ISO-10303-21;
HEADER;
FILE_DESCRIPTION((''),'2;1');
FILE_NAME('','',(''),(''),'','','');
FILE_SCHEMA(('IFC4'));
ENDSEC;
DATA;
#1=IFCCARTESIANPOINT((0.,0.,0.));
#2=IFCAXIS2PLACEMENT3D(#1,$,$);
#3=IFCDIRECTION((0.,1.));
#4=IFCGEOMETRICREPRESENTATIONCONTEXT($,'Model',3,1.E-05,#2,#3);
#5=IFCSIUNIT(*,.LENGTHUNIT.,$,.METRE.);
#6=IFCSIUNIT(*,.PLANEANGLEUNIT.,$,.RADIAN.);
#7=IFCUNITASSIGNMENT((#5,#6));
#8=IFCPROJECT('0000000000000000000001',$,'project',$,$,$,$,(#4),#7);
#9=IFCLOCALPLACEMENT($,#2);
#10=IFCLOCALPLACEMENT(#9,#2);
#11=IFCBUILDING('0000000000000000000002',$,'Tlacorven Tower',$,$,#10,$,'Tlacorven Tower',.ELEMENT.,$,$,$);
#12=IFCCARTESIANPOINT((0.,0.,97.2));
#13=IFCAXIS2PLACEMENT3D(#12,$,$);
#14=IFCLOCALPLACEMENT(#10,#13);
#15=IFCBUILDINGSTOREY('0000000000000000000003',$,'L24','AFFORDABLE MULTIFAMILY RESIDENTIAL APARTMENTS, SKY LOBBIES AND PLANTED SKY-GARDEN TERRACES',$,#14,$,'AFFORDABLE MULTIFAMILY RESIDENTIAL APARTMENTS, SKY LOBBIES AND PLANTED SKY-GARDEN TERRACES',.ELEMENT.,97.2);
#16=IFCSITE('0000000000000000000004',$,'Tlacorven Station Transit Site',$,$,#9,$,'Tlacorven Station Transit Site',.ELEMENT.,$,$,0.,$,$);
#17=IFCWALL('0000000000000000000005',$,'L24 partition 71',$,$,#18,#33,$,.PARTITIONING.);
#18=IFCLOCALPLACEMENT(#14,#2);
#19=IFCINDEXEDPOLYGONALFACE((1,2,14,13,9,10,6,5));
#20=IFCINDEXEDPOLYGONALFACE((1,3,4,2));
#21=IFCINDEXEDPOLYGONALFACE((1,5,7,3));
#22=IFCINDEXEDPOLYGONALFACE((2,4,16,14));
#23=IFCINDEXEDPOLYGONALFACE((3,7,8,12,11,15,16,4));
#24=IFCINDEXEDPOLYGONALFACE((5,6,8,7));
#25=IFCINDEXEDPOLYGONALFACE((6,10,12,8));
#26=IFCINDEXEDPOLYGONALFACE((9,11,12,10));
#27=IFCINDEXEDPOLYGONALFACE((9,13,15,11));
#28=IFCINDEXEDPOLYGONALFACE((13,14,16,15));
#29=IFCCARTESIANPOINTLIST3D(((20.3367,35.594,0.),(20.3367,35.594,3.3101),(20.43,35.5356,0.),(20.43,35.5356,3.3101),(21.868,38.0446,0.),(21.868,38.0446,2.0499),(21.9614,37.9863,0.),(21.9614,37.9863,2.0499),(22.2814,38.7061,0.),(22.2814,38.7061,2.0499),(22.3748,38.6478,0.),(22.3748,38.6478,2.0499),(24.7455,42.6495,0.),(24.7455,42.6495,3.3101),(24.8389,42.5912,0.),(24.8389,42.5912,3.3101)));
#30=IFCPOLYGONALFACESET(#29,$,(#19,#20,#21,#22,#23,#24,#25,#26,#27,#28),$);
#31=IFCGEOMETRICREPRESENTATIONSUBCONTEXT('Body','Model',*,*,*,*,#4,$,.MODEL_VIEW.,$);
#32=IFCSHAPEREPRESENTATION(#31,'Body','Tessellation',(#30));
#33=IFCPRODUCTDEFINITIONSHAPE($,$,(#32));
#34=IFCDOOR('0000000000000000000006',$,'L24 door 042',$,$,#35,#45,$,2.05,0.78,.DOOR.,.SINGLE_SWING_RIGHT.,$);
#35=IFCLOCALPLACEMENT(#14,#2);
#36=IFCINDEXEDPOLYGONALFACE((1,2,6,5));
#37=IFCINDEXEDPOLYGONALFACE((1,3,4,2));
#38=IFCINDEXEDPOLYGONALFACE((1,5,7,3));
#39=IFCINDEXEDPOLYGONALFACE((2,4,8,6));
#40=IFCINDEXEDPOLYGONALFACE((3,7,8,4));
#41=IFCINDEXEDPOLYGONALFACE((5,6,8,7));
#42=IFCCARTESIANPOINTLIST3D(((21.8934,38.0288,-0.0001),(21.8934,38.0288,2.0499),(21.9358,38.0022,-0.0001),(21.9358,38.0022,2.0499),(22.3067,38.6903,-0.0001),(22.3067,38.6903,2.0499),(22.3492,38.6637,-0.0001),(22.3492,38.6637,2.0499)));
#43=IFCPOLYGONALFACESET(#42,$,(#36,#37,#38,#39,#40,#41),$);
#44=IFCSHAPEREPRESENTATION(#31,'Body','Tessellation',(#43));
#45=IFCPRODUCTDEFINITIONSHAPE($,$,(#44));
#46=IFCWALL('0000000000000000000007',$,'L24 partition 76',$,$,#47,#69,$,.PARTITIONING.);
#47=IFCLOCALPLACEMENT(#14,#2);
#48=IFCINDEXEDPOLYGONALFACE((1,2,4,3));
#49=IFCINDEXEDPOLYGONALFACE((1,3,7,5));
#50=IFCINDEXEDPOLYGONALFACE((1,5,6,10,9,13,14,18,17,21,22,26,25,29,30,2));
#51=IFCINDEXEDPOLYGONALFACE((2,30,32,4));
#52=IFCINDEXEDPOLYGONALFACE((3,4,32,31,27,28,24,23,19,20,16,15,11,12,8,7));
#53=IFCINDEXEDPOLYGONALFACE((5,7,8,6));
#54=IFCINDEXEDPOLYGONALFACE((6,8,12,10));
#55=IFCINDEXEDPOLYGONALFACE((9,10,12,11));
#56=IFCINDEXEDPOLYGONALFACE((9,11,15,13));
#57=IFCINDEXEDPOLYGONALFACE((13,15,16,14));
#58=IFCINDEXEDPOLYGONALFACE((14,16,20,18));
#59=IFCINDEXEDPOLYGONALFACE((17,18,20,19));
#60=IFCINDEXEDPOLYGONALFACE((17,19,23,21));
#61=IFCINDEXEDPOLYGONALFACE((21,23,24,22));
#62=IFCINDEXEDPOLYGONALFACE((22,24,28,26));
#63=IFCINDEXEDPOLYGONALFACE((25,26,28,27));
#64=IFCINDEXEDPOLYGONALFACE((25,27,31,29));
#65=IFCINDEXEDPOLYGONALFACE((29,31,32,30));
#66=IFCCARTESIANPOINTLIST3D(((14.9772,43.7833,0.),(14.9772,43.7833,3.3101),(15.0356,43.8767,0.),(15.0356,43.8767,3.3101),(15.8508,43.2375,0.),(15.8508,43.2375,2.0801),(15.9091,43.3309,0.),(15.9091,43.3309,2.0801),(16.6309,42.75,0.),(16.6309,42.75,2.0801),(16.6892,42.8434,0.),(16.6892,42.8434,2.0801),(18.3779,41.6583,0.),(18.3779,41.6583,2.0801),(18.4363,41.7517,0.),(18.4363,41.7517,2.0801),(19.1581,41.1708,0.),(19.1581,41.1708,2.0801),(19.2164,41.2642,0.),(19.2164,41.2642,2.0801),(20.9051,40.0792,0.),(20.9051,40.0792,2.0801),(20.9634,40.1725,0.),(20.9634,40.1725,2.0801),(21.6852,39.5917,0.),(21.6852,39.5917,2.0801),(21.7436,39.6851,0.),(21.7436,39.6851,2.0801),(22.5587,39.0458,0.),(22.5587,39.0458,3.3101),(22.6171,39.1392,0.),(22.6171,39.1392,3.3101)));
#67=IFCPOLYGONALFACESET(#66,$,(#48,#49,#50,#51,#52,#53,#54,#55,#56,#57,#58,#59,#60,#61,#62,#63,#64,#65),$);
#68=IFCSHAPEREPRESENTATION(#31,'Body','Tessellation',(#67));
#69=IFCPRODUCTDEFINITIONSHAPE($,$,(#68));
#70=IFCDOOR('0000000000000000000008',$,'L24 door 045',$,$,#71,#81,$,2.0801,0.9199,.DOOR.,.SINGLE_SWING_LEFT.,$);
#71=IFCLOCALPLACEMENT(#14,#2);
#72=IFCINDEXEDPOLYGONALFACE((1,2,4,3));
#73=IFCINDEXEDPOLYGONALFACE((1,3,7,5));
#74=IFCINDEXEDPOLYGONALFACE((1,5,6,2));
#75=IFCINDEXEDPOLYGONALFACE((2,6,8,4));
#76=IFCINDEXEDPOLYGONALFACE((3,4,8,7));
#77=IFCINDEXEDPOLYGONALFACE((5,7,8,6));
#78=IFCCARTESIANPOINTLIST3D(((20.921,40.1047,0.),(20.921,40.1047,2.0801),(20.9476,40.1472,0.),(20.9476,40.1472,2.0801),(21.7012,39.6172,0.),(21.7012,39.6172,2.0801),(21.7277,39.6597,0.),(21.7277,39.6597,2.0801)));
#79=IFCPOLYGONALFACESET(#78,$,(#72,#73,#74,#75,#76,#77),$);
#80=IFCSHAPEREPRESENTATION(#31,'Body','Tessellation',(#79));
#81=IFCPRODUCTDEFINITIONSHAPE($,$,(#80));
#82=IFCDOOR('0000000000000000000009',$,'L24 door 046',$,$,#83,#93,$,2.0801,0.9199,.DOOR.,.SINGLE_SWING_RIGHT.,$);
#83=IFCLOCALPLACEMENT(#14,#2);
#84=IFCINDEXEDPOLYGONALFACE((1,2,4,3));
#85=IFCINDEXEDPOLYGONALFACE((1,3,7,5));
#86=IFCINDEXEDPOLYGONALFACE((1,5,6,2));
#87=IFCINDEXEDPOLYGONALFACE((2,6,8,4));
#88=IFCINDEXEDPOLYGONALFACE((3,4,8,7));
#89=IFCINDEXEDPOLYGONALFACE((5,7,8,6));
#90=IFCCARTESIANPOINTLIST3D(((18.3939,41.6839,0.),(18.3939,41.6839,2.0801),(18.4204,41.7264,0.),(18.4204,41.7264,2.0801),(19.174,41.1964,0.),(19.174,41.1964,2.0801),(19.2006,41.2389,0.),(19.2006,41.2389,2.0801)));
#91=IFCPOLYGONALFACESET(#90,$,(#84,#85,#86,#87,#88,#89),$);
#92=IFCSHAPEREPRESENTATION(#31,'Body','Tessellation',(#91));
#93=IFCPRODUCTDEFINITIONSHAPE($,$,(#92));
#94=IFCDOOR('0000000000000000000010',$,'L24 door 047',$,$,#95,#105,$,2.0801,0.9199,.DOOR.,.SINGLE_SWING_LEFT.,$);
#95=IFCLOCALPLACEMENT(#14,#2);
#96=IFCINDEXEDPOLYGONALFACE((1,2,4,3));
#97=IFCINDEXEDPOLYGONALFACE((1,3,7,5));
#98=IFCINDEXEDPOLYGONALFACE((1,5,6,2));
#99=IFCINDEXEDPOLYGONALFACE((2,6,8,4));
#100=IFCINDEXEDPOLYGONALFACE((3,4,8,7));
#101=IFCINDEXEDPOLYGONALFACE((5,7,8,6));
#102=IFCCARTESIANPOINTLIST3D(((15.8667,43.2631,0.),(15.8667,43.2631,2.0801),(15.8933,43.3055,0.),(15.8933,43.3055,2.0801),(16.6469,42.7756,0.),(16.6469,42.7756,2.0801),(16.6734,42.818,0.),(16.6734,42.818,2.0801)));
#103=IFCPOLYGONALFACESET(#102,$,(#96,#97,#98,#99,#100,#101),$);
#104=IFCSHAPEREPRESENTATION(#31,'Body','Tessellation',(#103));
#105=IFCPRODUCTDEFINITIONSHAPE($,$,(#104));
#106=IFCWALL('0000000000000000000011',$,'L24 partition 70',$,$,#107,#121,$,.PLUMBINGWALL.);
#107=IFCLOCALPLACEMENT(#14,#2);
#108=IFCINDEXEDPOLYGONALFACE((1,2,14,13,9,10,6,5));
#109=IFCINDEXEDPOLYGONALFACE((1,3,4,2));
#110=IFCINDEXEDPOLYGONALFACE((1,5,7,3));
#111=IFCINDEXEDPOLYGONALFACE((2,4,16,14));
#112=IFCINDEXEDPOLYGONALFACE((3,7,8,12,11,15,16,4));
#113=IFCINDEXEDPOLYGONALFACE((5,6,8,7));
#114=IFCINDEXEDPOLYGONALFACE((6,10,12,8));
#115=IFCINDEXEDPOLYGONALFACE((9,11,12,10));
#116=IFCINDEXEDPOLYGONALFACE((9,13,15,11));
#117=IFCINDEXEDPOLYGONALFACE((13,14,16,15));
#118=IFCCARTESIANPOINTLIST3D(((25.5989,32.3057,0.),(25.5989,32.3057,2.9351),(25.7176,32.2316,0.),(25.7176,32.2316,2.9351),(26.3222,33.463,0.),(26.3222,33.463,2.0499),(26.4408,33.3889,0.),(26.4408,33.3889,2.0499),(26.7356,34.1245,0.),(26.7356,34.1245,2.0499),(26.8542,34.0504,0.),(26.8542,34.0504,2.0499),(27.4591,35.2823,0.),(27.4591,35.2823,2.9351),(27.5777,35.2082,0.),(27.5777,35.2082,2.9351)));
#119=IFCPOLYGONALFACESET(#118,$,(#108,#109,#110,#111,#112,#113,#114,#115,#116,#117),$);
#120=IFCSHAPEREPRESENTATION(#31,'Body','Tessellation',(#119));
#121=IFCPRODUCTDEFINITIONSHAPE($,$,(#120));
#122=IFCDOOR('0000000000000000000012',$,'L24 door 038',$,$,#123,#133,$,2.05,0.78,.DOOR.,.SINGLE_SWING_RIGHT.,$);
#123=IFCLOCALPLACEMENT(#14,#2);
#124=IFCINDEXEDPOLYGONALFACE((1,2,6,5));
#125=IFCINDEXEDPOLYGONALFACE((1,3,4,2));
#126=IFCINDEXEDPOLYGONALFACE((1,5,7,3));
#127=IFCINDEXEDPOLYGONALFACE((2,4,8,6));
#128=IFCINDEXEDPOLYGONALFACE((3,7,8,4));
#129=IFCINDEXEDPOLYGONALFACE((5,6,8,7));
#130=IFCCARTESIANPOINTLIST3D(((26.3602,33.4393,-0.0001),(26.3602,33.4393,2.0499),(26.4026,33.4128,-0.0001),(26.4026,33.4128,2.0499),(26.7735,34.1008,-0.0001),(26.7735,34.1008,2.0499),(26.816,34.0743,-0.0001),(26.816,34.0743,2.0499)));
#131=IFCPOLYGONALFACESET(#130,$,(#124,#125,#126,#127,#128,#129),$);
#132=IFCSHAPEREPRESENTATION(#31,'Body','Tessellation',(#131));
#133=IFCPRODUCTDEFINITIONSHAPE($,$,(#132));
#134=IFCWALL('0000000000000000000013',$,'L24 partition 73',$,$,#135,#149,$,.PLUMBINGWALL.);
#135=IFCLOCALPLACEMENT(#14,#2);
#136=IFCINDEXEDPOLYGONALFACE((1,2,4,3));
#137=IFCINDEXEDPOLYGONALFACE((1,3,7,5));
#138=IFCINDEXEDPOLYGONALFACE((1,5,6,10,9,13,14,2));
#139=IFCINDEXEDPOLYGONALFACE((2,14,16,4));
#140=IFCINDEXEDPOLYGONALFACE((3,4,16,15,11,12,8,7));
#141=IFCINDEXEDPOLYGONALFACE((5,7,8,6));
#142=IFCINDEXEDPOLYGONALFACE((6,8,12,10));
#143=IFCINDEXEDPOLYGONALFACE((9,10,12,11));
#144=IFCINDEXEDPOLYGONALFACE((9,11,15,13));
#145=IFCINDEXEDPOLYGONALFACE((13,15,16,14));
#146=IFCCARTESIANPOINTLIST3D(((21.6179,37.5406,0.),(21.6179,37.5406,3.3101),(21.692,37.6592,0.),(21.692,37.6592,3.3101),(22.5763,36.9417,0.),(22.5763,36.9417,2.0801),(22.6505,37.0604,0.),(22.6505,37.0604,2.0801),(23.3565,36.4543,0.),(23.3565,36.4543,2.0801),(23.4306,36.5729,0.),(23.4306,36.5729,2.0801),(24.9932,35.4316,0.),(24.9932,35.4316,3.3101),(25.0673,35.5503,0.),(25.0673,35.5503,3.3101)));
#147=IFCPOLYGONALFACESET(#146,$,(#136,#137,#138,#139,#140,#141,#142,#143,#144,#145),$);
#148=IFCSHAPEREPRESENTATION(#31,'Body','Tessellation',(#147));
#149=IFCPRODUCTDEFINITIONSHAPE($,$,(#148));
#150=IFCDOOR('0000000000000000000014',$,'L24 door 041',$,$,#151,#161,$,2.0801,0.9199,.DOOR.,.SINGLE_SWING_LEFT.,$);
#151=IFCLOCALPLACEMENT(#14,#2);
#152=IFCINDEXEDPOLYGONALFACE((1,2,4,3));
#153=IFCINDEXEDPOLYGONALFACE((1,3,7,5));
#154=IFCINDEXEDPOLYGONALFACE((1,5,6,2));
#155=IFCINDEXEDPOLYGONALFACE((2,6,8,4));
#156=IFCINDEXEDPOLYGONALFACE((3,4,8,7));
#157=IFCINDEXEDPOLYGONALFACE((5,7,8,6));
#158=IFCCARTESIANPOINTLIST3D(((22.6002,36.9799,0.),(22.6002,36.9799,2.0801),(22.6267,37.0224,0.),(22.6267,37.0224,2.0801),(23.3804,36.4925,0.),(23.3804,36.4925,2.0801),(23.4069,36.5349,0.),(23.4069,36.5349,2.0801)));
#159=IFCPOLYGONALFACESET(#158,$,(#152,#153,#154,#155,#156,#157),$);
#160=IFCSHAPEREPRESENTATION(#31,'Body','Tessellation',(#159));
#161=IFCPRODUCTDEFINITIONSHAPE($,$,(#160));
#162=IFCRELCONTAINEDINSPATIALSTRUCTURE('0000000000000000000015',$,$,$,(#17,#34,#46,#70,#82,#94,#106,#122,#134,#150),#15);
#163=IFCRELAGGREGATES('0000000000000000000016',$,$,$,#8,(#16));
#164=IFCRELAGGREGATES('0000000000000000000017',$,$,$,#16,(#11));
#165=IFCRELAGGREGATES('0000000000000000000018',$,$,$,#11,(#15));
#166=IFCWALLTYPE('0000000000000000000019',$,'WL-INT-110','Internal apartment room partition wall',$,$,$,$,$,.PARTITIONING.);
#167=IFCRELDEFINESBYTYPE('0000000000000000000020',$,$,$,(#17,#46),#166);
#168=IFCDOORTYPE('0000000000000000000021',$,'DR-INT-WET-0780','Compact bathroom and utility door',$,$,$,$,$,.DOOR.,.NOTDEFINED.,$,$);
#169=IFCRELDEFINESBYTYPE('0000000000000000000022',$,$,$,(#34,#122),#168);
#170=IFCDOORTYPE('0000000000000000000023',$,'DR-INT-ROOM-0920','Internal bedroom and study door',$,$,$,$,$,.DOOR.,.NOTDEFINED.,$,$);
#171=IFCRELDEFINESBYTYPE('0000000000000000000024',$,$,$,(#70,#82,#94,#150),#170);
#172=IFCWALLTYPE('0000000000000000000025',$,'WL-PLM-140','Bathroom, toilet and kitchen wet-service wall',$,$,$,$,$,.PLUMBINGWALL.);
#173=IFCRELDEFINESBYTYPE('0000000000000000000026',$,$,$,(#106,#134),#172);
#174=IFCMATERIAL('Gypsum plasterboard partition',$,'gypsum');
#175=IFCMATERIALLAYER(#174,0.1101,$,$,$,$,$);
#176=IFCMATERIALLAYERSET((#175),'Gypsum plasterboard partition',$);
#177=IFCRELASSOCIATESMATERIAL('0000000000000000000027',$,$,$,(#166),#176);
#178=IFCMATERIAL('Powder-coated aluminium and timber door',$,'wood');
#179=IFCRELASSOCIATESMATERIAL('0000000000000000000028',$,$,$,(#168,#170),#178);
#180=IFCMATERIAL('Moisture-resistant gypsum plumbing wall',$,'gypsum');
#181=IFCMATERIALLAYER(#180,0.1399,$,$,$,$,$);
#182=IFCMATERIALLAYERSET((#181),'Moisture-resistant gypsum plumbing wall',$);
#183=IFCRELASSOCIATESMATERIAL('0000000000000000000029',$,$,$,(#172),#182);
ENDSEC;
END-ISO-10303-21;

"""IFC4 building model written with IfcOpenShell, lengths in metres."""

from ifc_helpers import new_model, si_unit, direction, frame, frame_2d, origin, place, context, subcontext, project, spatial, rectangle, extrude, source, transform, mapped, material, layer, layer_set, type_object, element, fill, save


model = new_model("IFC4")

# Units and contexts
model_context = context("Model", 3, precision=1e-05, world=origin(), true_north=direction((0.0, 1.0)))
body_context = subcontext(model_context, "Body", "Model", "MODEL_VIEW")
ifc_project = project(units=[si_unit("LENGTHUNIT", "METRE"), si_unit("PLANEANGLEUNIT", "RADIAN")], contexts=[model_context])

# Site, building, storey
site_placement = place(None, origin())
site = spatial("IfcSite", under=ifc_project, at=site_placement, Name="Tlacorven Station Transit Site", LongName="Tlacorven Station Transit Site", CompositionType="ELEMENT", RefElevation=0.0)
building_placement = place(site_placement, origin())
building = spatial("IfcBuilding", under=site, at=building_placement, Name="Tlacorven Tower", LongName="Tlacorven Tower", CompositionType="ELEMENT")
storey_placement = place(building_placement, frame((0.0, 0.0, 97.2)))
storey = spatial("IfcBuildingStorey", under=building, at=storey_placement, Name="L24", Description="AFFORDABLE MULTIFAMILY RESIDENTIAL APARTMENTS, SKY LOBBIES AND PLANTED SKY-GARDEN TERRACES", LongName="AFFORDABLE MULTIFAMILY RESIDENTIAL APARTMENTS, SKY LOBBIES AND PLANTED SKY-GARDEN TERRACES", CompositionType="ELEMENT", Elevation=97.2)

# Wall, opening, door
ifc_material_1 = material(Name="Gypsum plasterboard partition", Category="gypsum")
ifc_layer_1 = layer(ifc_material_1, 0.1101)
ifc_layer_set_1 = layer_set([ifc_layer_1], Name="Gypsum plasterboard partition")
wall_type_1 = type_object("IfcWallType", Name="WL-INT-110", Description="Internal apartment room partition wall", PredefinedType="PARTITIONING", material=ifc_layer_set_1)
wall_1_placement = place(storey_placement, frame((24.7922, 42.6204, 0.0), z_axis=(0.0, 0.0, 1.0), x_axis=(-0.529925, -0.848044, 0.0)))
wall_1 = element("IfcWall", 1, at=wall_1_placement, inside=storey, type_object=wall_type_1, Name="L24 partition 71", PredefinedType="PARTITIONING", context=body_context, shape_type="SweptSolid", body=[
    extrude(rectangle(XDim=8.3198, YDim=0.1101, at=frame_2d((4.1599, 0.0))), origin(), (0.0, 0.0, 1.0), 3.3101),
])
opening_1_placement = place(wall_1_placement, frame((4.6499, 0.0, 0.0)))
opening_1 = element("IfcOpeningElement", 2, at=opening_1_placement, cuts=wall_1, PredefinedType="OPENING", context=body_context, shape_type="SweptSolid", body=[
    extrude(rectangle(XDim=0.78, YDim=2.05, at=frame_2d((0.3901, 1.0249))), frame((0.0, 0.0649, 0.0), z_axis=(0.0, -1.0, 0.0), x_axis=(1.0, 0.0, 0.0)), (0.0, 0.0, 1.0), 0.1301),
])
ifc_material_2 = material(Name="Powder-coated aluminium and timber door", Category="wood")
door_type_1 = type_object("IfcDoorType", Name="DR-INT-WET-0780", Description="Compact bathroom and utility door", OperationType="NOTDEFINED", PredefinedType="DOOR", material=ifc_material_2)
shared_shape_1 = source(origin(), body_context, "Body", "SweptSolid", [
    extrude(rectangle(XDim=0.78, YDim=2.05, at=frame_2d((0.3901, 1.0249))), frame((0.0, 0.0249, 0.0), z_axis=(0.0, -1.0, 0.0), x_axis=(1.0, 0.0, 0.0)), (0.0, 0.0, 1.0), 0.05),
])
door_1_placement = place(opening_1_placement, origin())
door_1 = element("IfcDoor", 3, at=door_1_placement, inside=storey, type_object=door_type_1, Name="L24 door 042", OperationType="SINGLE_SWING_RIGHT", OverallHeight=2.05, OverallWidth=0.78, PredefinedType="DOOR", context=body_context, shape_type="MappedRepresentation", body=[
    mapped(shared_shape_1, transform((0.0, 0.0, 0.0), scale=1.0)),
])
fill(opening_1, door_1)

# Wall, openings, doors
wall_2_placement = place(storey_placement, frame((22.5879, 39.0925, 0.0), z_axis=(0.0, 0.0, 1.0), x_axis=(-0.848044, 0.529925, 0.0)))
wall_2 = element("IfcWall", 4, at=wall_2_placement, inside=storey, type_object=wall_type_1, Name="L24 partition 76", PredefinedType="PARTITIONING", context=body_context, shape_type="SweptSolid", body=[
    extrude(rectangle(XDim=8.9399, YDim=0.1101, at=frame_2d((4.47, 0.0))), origin(), (0.0, 0.0, 1.0), 3.3101),
])
opening_2_placement = place(wall_2_placement, frame((1.03, 0.0, 0.0)))
opening_2 = element("IfcOpeningElement", 5, at=opening_2_placement, cuts=wall_2, PredefinedType="OPENING", context=body_context, shape_type="SweptSolid", body=[
    extrude(rectangle(XDim=0.9199, YDim=2.0801, at=frame_2d((0.46, 1.04))), frame((0.0, 0.0649, 0.0), z_axis=(0.0, -1.0, 0.0), x_axis=(1.0, 0.0, 0.0)), (0.0, 0.0, 1.0), 0.1301),
])
opening_3_placement = place(wall_2_placement, frame((4.01, 0.0, 0.0)))
opening_3 = element("IfcOpeningElement", 6, at=opening_3_placement, cuts=wall_2, PredefinedType="OPENING", context=body_context, shape_type="SweptSolid", body=[
    extrude(rectangle(XDim=0.9199, YDim=2.0801, at=frame_2d((0.46, 1.04))), frame((0.0, 0.0649, 0.0), z_axis=(0.0, -1.0, 0.0), x_axis=(1.0, 0.0, 0.0)), (0.0, 0.0, 1.0), 0.1301),
])
opening_4_placement = place(wall_2_placement, frame((6.99, 0.0, 0.0)))
opening_4 = element("IfcOpeningElement", 7, at=opening_4_placement, cuts=wall_2, PredefinedType="OPENING", context=body_context, shape_type="SweptSolid", body=[
    extrude(rectangle(XDim=0.9199, YDim=2.0801, at=frame_2d((0.46, 1.04))), frame((0.0, 0.0649, 0.0), z_axis=(0.0, -1.0, 0.0), x_axis=(1.0, 0.0, 0.0)), (0.0, 0.0, 1.0), 0.1301),
])
door_type_2 = type_object("IfcDoorType", Name="DR-INT-ROOM-0920", Description="Internal bedroom and study door", OperationType="NOTDEFINED", PredefinedType="DOOR", material=ifc_material_2)
shared_shape_2 = source(origin(), body_context, "Body", "SweptSolid", [
    extrude(rectangle(XDim=0.9199, YDim=2.0801, at=frame_2d((0.46, 1.04))), frame((0.0, 0.0249, 0.0), z_axis=(0.0, -1.0, 0.0), x_axis=(1.0, 0.0, 0.0)), (0.0, 0.0, 1.0), 0.05),
])
door_2_placement = place(opening_2_placement, origin())
door_2 = element("IfcDoor", 8, at=door_2_placement, inside=storey, type_object=door_type_2, Name="L24 door 045", OperationType="SINGLE_SWING_LEFT", OverallHeight=2.0801, OverallWidth=0.9199, PredefinedType="DOOR", context=body_context, shape_type="MappedRepresentation", body=[
    mapped(shared_shape_2, transform((0.0, 0.0, 0.0), scale=1.0)),
])
fill(opening_2, door_2)
door_3_placement = place(opening_3_placement, origin())
door_3 = element("IfcDoor", 9, at=door_3_placement, inside=storey, type_object=door_type_2, Name="L24 door 046", OperationType="SINGLE_SWING_RIGHT", OverallHeight=2.0801, OverallWidth=0.9199, PredefinedType="DOOR", context=body_context, shape_type="MappedRepresentation", body=[
    mapped(shared_shape_2, transform((0.0, 0.0, 0.0), scale=1.0)),
])
fill(opening_3, door_3)
door_4_placement = place(opening_4_placement, origin())
door_4 = element("IfcDoor", 10, at=door_4_placement, inside=storey, type_object=door_type_2, Name="L24 door 047", OperationType="SINGLE_SWING_LEFT", OverallHeight=2.0801, OverallWidth=0.9199, PredefinedType="DOOR", context=body_context, shape_type="MappedRepresentation", body=[
    mapped(shared_shape_2, transform((0.0, 0.0, 0.0), scale=1.0)),
])
fill(opening_4, door_4)

# Walls, openings, doors
ifc_material_3 = material(Name="Moisture-resistant gypsum plumbing wall", Category="gypsum")
ifc_layer_2 = layer(ifc_material_3, 0.1399)
ifc_layer_set_2 = layer_set([ifc_layer_2], Name="Moisture-resistant gypsum plumbing wall")
wall_type_2 = type_object("IfcWallType", Name="WL-PLM-140", Description="Bathroom, toilet and kitchen wet-service wall", PredefinedType="PLUMBINGWALL", material=ifc_layer_set_2)
wall_3_placement = place(storey_placement, frame((27.5183, 35.2451, 0.0), z_axis=(0.0, 0.0, 1.0), x_axis=(-0.529949, -0.84803, 0.0)))
wall_3 = element("IfcWall", 11, at=wall_3_placement, inside=storey, type_object=wall_type_2, Name="L24 partition 70", PredefinedType="PLUMBINGWALL", context=body_context, shape_type="SweptSolid", body=[
    extrude(rectangle(XDim=3.51, YDim=0.1399, at=frame_2d((1.7549, 0.0))), origin(), (0.0, 0.0, 1.0), 2.9351),
])
opening_5_placement = place(wall_3_placement, frame((1.365, 0.0, 0.0)))
opening_5 = element("IfcOpeningElement", 12, at=opening_5_placement, cuts=wall_3, PredefinedType="OPENING", context=body_context, shape_type="SweptSolid", body=[
    extrude(rectangle(XDim=0.78, YDim=2.05, at=frame_2d((0.3901, 1.0249))), frame((0.0, 0.0801, 0.0), z_axis=(0.0, -1.0, 0.0), x_axis=(1.0, 0.0, 0.0)), (0.0, 0.0, 1.0), 0.1599),
])
door_5_placement = place(opening_5_placement, origin())
door_5 = element("IfcDoor", 13, at=door_5_placement, inside=storey, type_object=door_type_1, Name="L24 door 038", OperationType="SINGLE_SWING_RIGHT", OverallHeight=2.05, OverallWidth=0.78, PredefinedType="DOOR", context=body_context, shape_type="MappedRepresentation", body=[
    mapped(shared_shape_1, transform((0.0, 0.0, 0.0), scale=1.0)),
])
fill(opening_5, door_5)
wall_4_placement = place(storey_placement, frame((25.0303, 35.491, 0.0), z_axis=(0.0, 0.0, 1.0), x_axis=(-0.848071, 0.529883, 0.0)))
wall_4 = element("IfcWall", 14, at=wall_4_placement, inside=storey, type_object=wall_type_2, Name="L24 partition 73", PredefinedType="PLUMBINGWALL", context=body_context, shape_type="SweptSolid", body=[
    extrude(rectangle(XDim=3.98, YDim=0.1399, at=frame_2d((1.99, 0.0))), origin(), (0.0, 0.0, 1.0), 3.3101),
])
opening_6_placement = place(wall_4_placement, frame((1.9299, 0.0, 0.0)))
opening_6 = element("IfcOpeningElement", 15, at=opening_6_placement, cuts=wall_4, PredefinedType="OPENING", context=body_context, shape_type="SweptSolid", body=[
    extrude(rectangle(XDim=0.9199, YDim=2.0801, at=frame_2d((0.46, 1.04))), frame((0.0, 0.0801, 0.0), z_axis=(0.0, -1.0, 0.0), x_axis=(1.0, 0.0, 0.0)), (0.0, 0.0, 1.0), 0.1599),
])
door_6_placement = place(opening_6_placement, origin())
door_6 = element("IfcDoor", 16, at=door_6_placement, inside=storey, type_object=door_type_2, Name="L24 door 041", OperationType="SINGLE_SWING_LEFT", OverallHeight=2.0801, OverallWidth=0.9199, PredefinedType="DOOR", context=body_context, shape_type="MappedRepresentation", body=[
    mapped(shared_shape_2, transform((0.0, 0.0, 0.0), scale=1.0)),
])
fill(opening_6, door_6)

save(model, "model.ifc")
